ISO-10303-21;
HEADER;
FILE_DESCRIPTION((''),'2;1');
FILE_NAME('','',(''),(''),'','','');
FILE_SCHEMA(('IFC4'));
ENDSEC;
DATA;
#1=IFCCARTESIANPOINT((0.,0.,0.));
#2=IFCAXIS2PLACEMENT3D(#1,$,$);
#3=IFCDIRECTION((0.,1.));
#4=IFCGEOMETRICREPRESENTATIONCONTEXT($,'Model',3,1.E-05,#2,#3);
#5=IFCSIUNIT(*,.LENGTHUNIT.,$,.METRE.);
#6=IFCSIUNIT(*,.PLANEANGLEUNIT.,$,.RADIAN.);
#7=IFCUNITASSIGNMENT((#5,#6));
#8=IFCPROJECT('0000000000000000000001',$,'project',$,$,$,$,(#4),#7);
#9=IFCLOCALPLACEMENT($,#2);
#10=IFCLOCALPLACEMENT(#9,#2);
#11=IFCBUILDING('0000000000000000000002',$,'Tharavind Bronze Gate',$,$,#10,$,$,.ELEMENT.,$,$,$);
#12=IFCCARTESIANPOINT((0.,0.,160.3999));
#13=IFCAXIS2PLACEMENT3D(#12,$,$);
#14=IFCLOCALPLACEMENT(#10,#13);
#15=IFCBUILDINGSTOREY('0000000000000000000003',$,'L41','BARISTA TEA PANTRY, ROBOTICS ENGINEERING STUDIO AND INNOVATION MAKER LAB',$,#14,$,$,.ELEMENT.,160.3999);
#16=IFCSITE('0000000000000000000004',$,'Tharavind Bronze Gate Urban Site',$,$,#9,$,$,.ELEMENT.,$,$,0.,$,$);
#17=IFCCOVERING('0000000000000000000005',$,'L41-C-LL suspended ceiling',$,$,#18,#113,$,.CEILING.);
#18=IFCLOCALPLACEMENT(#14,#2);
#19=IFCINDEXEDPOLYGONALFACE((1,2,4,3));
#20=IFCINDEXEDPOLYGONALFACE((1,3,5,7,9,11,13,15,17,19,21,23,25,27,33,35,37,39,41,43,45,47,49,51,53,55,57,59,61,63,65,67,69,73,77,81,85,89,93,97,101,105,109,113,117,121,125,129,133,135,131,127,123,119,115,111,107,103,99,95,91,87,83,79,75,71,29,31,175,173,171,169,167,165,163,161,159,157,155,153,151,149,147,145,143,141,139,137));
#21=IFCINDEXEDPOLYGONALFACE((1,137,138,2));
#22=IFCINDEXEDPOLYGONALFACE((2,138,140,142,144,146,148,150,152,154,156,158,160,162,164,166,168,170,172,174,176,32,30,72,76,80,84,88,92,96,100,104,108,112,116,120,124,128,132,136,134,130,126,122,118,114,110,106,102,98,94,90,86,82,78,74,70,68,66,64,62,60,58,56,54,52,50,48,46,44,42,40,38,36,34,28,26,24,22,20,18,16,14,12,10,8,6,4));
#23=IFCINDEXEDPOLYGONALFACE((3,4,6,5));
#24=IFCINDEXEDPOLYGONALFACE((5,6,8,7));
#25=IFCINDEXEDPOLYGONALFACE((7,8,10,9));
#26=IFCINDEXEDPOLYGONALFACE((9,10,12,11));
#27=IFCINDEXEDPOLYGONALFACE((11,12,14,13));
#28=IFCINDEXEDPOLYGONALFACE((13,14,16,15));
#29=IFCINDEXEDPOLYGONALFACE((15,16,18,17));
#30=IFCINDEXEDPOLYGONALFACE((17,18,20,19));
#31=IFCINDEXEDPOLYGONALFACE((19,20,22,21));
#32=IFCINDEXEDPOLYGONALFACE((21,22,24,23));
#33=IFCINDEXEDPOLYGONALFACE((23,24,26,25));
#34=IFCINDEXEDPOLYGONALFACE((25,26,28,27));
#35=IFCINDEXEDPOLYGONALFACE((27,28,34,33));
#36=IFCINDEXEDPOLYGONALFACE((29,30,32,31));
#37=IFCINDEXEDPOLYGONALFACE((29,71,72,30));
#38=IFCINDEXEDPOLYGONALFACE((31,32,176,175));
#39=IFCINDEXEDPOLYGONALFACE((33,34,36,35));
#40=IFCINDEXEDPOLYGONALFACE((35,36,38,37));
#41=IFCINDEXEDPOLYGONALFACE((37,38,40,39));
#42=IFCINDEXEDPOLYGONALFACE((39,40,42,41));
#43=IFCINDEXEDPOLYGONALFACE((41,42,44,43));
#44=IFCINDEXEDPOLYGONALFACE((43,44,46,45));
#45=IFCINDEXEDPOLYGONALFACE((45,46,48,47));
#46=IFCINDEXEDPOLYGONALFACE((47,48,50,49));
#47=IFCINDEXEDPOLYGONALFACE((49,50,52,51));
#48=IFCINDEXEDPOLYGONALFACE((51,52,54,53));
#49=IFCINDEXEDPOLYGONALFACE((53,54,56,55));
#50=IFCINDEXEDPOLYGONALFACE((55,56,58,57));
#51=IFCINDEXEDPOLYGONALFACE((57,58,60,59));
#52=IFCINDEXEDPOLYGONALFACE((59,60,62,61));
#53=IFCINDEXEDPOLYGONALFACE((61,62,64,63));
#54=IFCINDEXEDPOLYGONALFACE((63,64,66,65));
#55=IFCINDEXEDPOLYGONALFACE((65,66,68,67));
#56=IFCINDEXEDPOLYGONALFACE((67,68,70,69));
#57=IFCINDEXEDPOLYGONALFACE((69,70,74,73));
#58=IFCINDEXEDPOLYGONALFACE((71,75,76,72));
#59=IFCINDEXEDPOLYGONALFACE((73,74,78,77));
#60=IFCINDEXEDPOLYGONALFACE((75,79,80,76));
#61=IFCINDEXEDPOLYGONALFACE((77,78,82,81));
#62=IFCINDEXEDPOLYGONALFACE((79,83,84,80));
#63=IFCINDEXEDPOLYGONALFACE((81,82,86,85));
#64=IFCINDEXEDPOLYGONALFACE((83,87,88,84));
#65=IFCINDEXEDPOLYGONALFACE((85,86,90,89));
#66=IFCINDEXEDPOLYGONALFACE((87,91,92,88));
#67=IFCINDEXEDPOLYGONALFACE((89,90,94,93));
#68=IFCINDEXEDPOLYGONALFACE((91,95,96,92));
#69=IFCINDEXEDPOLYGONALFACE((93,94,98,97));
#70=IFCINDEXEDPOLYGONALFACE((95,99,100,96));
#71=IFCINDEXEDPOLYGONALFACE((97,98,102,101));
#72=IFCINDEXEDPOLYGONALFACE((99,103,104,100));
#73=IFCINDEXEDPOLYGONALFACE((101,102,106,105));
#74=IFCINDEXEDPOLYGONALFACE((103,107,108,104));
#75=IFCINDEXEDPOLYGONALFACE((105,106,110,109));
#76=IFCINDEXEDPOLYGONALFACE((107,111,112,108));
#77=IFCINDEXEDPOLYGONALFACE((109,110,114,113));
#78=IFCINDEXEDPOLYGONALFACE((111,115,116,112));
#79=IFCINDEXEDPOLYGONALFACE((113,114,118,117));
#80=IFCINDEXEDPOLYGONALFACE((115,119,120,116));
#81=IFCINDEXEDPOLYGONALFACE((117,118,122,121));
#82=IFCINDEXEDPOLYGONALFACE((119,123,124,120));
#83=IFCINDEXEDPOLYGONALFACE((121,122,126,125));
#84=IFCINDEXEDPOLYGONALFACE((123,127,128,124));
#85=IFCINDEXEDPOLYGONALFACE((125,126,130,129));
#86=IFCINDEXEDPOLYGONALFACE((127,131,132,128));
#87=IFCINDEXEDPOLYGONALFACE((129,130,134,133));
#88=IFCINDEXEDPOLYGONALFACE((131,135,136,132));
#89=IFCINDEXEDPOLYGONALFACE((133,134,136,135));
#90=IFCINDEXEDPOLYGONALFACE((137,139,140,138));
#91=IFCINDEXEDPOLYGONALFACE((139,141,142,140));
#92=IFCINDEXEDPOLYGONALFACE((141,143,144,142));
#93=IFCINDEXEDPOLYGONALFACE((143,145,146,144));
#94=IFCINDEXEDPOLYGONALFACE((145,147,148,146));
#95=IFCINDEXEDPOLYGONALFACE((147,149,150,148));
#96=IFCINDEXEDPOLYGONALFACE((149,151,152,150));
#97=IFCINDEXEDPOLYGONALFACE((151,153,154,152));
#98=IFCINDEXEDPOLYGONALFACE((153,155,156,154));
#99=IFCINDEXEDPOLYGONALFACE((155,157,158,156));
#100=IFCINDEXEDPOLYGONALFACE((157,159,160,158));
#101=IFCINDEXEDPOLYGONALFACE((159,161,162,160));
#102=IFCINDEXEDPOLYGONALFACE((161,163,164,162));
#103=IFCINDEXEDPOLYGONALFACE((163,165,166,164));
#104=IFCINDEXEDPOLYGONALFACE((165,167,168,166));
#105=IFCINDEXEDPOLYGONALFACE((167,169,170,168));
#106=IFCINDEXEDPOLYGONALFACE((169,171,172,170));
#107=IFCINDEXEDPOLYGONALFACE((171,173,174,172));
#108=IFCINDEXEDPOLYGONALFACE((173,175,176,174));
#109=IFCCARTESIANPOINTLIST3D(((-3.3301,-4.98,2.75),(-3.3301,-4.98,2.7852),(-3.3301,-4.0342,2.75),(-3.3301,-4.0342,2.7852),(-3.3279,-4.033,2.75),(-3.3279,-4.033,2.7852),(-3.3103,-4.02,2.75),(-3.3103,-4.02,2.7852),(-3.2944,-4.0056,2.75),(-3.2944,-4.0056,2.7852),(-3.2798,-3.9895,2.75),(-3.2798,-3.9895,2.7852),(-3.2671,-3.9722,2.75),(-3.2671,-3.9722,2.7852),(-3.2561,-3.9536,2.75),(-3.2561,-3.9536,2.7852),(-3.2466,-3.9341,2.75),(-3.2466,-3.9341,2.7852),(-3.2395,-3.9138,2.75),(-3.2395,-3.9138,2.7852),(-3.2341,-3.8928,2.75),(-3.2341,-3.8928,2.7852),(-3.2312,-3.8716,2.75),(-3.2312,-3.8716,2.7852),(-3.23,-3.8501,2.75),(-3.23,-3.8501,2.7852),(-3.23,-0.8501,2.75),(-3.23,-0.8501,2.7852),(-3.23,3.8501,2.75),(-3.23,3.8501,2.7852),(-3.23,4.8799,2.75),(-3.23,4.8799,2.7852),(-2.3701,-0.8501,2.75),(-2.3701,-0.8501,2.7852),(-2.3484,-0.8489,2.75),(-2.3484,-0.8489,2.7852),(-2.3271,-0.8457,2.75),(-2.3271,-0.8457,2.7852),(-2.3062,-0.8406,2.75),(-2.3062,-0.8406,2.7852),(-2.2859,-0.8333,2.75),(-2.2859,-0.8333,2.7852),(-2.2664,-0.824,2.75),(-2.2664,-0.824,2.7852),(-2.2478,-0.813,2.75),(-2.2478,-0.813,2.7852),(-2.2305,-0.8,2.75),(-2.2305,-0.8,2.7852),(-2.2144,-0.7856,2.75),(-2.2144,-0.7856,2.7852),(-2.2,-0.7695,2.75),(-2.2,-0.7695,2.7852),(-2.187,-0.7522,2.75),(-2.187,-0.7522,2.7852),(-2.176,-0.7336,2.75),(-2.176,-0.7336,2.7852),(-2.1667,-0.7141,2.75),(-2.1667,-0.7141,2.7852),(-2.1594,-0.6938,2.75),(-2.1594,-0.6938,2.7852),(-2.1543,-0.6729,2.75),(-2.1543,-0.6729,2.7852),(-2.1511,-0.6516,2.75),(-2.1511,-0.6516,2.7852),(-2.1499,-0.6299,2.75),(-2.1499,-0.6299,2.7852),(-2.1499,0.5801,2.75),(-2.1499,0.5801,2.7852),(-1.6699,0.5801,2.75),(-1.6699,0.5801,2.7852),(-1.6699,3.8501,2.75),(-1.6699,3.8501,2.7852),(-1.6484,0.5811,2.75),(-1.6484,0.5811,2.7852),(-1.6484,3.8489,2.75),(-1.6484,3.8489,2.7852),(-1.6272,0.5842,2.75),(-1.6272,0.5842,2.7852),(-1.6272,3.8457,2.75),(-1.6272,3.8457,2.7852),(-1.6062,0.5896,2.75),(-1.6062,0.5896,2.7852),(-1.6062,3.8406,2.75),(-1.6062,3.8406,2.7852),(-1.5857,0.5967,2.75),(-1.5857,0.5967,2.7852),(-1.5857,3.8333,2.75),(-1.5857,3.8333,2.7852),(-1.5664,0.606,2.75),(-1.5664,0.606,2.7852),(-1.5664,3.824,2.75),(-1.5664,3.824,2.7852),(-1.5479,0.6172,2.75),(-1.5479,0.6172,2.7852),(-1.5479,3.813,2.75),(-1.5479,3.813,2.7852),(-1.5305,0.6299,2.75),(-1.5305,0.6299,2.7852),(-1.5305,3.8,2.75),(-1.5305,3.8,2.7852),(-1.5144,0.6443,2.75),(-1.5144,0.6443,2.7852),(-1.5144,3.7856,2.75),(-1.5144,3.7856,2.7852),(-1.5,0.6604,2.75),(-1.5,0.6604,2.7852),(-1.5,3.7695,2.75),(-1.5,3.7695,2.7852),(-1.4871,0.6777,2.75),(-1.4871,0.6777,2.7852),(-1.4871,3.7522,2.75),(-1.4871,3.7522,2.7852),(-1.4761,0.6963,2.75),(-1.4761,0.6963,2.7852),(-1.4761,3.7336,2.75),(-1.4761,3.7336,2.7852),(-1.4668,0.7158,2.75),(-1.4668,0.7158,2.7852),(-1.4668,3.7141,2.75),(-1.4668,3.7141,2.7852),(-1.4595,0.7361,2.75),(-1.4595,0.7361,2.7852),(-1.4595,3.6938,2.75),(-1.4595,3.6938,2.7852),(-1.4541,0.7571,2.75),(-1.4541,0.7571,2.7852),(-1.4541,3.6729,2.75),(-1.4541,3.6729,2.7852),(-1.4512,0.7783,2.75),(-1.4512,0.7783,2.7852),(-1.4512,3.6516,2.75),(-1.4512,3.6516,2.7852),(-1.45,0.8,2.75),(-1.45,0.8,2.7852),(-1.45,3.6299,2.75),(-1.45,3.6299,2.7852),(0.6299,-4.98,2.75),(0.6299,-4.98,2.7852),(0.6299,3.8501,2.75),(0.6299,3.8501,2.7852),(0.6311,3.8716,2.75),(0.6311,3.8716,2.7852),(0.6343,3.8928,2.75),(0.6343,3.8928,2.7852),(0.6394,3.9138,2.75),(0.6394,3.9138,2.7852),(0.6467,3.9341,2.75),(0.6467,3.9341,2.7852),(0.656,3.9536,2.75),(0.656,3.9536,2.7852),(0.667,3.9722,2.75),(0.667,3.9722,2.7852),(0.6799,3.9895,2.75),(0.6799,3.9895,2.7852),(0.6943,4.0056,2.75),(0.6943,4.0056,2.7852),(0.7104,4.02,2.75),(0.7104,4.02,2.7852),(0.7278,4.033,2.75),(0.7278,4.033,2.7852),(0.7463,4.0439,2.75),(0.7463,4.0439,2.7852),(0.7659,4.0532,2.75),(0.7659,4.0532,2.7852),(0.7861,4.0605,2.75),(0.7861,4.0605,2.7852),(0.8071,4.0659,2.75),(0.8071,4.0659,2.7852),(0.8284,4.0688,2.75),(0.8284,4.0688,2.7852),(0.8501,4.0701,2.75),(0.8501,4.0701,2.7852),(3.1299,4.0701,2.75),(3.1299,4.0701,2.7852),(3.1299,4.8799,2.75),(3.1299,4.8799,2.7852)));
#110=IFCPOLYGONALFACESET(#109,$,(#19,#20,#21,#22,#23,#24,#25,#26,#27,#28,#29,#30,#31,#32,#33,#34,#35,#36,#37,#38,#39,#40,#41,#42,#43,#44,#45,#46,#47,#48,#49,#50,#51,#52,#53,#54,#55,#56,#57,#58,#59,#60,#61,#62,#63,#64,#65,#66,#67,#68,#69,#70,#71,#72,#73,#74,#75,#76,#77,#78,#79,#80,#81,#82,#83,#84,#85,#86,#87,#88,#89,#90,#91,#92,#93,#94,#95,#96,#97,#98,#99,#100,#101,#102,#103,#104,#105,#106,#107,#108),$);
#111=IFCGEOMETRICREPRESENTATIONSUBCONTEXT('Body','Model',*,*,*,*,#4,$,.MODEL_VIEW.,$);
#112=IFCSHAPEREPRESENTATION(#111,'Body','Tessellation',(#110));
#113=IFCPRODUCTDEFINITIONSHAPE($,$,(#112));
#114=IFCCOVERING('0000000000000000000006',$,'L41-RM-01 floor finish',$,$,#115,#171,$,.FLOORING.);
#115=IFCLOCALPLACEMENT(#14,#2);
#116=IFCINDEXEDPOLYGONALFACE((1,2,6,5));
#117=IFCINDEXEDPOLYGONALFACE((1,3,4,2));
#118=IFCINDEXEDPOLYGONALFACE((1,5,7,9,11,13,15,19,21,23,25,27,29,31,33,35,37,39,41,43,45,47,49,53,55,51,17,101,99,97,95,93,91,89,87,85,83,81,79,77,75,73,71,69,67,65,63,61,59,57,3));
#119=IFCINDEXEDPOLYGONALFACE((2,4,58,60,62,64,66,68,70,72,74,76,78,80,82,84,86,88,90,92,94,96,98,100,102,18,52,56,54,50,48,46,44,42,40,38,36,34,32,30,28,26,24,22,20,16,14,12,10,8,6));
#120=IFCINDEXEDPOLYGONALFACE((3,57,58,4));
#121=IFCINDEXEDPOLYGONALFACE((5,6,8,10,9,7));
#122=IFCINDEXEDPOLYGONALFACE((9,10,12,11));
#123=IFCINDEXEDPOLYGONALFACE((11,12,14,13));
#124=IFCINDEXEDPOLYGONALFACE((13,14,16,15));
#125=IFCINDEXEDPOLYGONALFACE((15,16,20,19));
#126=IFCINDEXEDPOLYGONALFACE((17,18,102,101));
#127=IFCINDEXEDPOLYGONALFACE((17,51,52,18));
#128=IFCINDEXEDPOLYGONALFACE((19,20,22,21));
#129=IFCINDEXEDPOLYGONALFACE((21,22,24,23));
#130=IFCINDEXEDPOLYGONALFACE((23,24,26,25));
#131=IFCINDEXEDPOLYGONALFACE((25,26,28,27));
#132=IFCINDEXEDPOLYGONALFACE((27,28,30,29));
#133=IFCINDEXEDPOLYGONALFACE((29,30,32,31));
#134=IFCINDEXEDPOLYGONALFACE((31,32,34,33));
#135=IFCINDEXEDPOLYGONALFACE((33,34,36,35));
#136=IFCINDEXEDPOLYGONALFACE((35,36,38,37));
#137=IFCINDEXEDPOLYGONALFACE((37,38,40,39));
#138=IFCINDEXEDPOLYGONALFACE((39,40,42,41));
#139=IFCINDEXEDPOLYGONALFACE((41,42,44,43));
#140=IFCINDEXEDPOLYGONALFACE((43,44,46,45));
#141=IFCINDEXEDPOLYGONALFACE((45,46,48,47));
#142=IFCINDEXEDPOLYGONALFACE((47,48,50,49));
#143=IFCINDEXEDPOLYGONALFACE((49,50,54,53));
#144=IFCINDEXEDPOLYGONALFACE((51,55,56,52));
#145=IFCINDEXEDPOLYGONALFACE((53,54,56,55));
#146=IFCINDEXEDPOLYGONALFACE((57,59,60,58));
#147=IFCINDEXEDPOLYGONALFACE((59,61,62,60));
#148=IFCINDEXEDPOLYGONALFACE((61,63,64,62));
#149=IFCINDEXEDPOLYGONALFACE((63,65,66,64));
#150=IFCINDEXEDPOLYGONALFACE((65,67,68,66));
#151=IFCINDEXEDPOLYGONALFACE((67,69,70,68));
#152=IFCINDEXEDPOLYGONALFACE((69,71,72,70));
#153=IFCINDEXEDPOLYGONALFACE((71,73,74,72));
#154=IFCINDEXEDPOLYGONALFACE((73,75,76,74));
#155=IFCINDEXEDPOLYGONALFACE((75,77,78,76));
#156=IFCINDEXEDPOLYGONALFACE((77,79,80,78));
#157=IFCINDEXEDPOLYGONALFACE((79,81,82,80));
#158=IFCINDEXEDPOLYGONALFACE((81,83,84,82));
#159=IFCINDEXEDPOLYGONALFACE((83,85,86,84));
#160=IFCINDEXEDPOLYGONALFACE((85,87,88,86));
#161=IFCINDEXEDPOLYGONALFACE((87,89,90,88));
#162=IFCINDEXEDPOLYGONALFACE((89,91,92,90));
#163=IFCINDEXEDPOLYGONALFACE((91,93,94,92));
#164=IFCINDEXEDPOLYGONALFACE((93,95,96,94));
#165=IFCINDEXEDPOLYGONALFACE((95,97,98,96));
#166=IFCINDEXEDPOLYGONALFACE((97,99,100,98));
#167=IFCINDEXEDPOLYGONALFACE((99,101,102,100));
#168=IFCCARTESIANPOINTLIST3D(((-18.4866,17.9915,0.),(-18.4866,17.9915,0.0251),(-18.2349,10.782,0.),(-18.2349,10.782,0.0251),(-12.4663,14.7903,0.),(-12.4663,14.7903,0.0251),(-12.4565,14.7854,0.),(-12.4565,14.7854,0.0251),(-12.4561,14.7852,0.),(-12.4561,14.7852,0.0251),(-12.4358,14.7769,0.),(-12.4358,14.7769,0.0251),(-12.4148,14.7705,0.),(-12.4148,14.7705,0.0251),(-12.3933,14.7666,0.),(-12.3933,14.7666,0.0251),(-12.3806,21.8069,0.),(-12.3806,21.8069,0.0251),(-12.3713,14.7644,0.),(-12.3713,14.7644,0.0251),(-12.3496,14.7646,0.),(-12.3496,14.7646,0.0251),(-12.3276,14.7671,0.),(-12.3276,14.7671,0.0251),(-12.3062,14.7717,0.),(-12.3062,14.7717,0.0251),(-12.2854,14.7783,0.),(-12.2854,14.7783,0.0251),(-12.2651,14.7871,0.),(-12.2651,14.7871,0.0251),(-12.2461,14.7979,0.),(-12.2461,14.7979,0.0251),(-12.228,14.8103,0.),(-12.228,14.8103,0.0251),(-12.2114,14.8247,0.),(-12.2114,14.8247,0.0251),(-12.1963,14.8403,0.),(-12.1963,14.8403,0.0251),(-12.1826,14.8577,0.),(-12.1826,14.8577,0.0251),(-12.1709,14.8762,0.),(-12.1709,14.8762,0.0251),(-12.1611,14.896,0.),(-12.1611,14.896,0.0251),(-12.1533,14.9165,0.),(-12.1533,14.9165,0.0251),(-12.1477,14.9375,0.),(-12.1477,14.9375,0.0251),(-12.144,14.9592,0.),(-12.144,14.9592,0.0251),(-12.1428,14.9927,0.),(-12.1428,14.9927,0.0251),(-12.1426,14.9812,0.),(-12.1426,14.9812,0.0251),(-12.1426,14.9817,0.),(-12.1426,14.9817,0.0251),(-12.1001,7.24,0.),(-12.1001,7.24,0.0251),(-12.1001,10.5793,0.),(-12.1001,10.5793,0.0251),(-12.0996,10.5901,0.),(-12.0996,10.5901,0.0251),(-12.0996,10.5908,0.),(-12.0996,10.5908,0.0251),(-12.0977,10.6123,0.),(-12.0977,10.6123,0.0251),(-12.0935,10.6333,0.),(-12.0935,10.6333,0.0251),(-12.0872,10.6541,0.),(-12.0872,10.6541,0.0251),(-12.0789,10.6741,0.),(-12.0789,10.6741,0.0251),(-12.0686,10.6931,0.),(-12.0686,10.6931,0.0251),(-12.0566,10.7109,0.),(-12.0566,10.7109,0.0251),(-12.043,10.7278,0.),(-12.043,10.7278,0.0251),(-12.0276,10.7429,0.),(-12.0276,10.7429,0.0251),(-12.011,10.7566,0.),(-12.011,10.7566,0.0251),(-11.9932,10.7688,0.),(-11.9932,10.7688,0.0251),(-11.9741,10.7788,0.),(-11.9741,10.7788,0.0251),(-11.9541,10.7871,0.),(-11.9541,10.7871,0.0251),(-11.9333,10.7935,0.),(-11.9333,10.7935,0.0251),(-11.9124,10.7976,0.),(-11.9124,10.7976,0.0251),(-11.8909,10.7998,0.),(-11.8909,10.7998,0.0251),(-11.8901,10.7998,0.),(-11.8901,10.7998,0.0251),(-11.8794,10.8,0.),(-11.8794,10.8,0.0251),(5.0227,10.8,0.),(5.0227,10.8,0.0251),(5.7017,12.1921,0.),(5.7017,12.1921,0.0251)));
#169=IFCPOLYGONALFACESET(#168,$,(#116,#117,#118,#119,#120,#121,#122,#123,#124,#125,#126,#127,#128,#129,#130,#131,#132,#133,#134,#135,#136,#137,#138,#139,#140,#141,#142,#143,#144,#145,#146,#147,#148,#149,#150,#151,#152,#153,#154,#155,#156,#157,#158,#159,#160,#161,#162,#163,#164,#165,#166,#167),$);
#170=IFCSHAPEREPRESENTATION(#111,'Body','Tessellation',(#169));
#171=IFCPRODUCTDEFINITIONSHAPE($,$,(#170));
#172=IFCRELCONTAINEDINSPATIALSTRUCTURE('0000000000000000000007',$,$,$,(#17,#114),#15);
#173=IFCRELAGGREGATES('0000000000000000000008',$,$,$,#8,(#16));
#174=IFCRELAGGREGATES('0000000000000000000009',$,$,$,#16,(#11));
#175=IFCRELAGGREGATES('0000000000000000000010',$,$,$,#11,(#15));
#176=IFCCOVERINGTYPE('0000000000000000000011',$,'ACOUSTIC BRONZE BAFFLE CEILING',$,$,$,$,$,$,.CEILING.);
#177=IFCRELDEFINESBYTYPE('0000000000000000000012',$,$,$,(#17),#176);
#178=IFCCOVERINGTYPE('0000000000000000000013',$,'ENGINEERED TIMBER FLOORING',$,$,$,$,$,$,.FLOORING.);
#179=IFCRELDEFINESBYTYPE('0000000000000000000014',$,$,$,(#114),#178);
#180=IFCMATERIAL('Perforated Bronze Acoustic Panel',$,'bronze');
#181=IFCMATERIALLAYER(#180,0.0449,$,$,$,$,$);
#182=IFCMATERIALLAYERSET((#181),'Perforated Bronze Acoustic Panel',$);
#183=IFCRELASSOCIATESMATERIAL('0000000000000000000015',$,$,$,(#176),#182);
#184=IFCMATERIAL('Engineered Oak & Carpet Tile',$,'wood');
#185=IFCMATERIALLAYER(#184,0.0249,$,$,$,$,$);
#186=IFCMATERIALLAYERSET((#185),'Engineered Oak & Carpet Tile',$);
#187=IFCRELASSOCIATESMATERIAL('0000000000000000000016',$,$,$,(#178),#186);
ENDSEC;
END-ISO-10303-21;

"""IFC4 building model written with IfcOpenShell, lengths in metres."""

from ifc_helpers import new_model, si_unit, direction, frame, origin, place, context, subcontext, project, spatial, polyline, outline, extrude, material, layer, layer_set, type_object, element, save


model = new_model("IFC4")

# Units and contexts
model_context = context("Model", 3, precision=1e-05, world=origin(), true_north=direction((0.0, 1.0)))
body_context = subcontext(model_context, "Body", "Model", "MODEL_VIEW")
ifc_project = project(units=[si_unit("LENGTHUNIT", "METRE"), si_unit("PLANEANGLEUNIT", "RADIAN")], contexts=[model_context])

# Site, building, storey
site_placement = place(None, origin())
site = spatial("IfcSite", under=ifc_project, at=site_placement, Name="Tharavind Bronze Gate Urban Site", CompositionType="ELEMENT", RefElevation=0.0)
building_placement = place(site_placement, origin())
building = spatial("IfcBuilding", under=site, at=building_placement, Name="Tharavind Bronze Gate", CompositionType="ELEMENT")
storey_placement = place(building_placement, frame((0.0, 0.0, 160.3999)))
storey = spatial("IfcBuildingStorey", under=building, at=storey_placement, Name="L41", Description="BARISTA TEA PANTRY, ROBOTICS ENGINEERING STUDIO AND INNOVATION MAKER LAB", CompositionType="ELEMENT", Elevation=160.3999)

# Coverings
ifc_material_1 = material(Name="Perforated Bronze Acoustic Panel", Category="bronze")
ifc_layer_1 = layer(ifc_material_1, 0.0449)
ifc_layer_set_1 = layer_set([ifc_layer_1], Name="Perforated Bronze Acoustic Panel")
covering_type_1 = type_object("IfcCoveringType", Name="ACOUSTIC BRONZE BAFFLE CEILING", PredefinedType="CEILING", material=ifc_layer_set_1)
covering_1_placement = place(storey_placement, frame((0.0, 0.0, 2.75)))
element("IfcCovering", 1, at=covering_1_placement, inside=storey, type_object=covering_type_1, Name="L41-C-LL suspended ceiling", PredefinedType="CEILING", context=body_context, shape_type="SweptSolid", body=[
    extrude(outline(polyline([(-3.3301, -4.98), (0.6299, -4.98), (0.6299, 3.8501), (0.6311, 3.8716), (0.6343, 3.8928), (0.6394, 3.9138), (0.6467, 3.9341), (0.656, 3.9536), (0.667, 3.9722), (0.6799, 3.9895), (0.6943, 4.0056), (0.7104, 4.02), (0.7278, 4.033), (0.7463, 4.0439), (0.7659, 4.0532), (0.7861, 4.0605), (0.8071, 4.0659), (0.8284, 4.0688), (0.8501, 4.0701), (3.1299, 4.0701), (3.1299, 4.8799), (-3.23, 4.8799), (-3.23, 3.8501), (-1.6699, 3.8501), (-1.6484, 3.8489), (-1.6272, 3.8457), (-1.6062, 3.8406), (-1.5857, 3.8333), (-1.5664, 3.824), (-1.5479, 3.813), (-1.5305, 3.8), (-1.5144, 3.7856), (-1.5, 3.7695), (-1.4871, 3.7522), (-1.4761, 3.7336), (-1.4668, 3.7141), (-1.4595, 3.6938), (-1.4541, 3.6729), (-1.4512, 3.6516), (-1.45, 3.6299), (-1.45, 0.8), (-1.4512, 0.7783), (-1.4541, 0.7571), (-1.4595, 0.7361), (-1.4668, 0.7158), (-1.4761, 0.6963), (-1.4871, 0.6777), (-1.5, 0.6604), (-1.5144, 0.6443), (-1.5305, 0.6299), (-1.5479, 0.6172), (-1.5664, 0.606), (-1.5857, 0.5967), (-1.6062, 0.5896), (-1.6272, 0.5842), (-1.6484, 0.5811), (-1.6699, 0.5801), (-2.1499, 0.5801), (-2.1499, -0.6299), (-2.1511, -0.6516), (-2.1543, -0.6729), (-2.1594, -0.6938), (-2.1667, -0.7141), (-2.176, -0.7336), (-2.187, -0.7522), (-2.2, -0.7695), (-2.2144, -0.7856), (-2.2305, -0.8), (-2.2478, -0.813), (-2.2664, -0.824), (-2.2859, -0.8333), (-2.3062, -0.8406), (-2.3271, -0.8457), (-2.3484, -0.8489), (-2.3701, -0.8501), (-3.23, -0.8501), (-3.23, -3.8501), (-3.2312, -3.8716), (-3.2341, -3.8928), (-3.2395, -3.9138), (-3.2466, -3.9341), (-3.2561, -3.9536), (-3.2671, -3.9722), (-3.2798, -3.9895), (-3.2944, -4.0056), (-3.3103, -4.02), (-3.3279, -4.033), (-3.3301, -4.0342), (-3.3301, -4.98)])), origin(), (0.0, 0.0, 1.0), 0.0352),
])
ifc_material_2 = material(Name="Engineered Oak & Carpet Tile", Category="wood")
ifc_layer_2 = layer(ifc_material_2, 0.0249)
ifc_layer_set_2 = layer_set([ifc_layer_2], Name="Engineered Oak & Carpet Tile")
covering_type_2 = type_object("IfcCoveringType", Name="ENGINEERED TIMBER FLOORING", PredefinedType="FLOORING", material=ifc_layer_set_2)
covering_2_placement = place(storey_placement, origin())
element("IfcCovering", 2, at=covering_2_placement, inside=storey, type_object=covering_type_2, Name="L41-RM-01 floor finish", PredefinedType="FLOORING", context=body_context, shape_type="SweptSolid", body=[
    extrude(outline(polyline([(-18.2349, 10.782), (-12.1001, 7.24), (-12.1001, 10.5793), (-12.0996, 10.5901), (-12.0996, 10.5908), (-12.0977, 10.6123), (-12.0935, 10.6333), (-12.0872, 10.6541), (-12.0789, 10.6741), (-12.0686, 10.6931), (-12.0566, 10.7109), (-12.043, 10.7278), (-12.0276, 10.7429), (-12.011, 10.7566), (-11.9932, 10.7688), (-11.9741, 10.7788), (-11.9541, 10.7871), (-11.9333, 10.7935), (-11.9124, 10.7976), (-11.8909, 10.7998), (-11.8901, 10.7998), (-11.8794, 10.8), (5.0227, 10.8), (5.7017, 12.1921), (-12.3806, 21.8069), (-12.1428, 14.9927), (-12.1426, 14.9817), (-12.1426, 14.9812), (-12.144, 14.9592), (-12.1477, 14.9375), (-12.1533, 14.9165), (-12.1611, 14.896), (-12.1709, 14.8762), (-12.1826, 14.8577), (-12.1963, 14.8403), (-12.2114, 14.8247), (-12.228, 14.8103), (-12.2461, 14.7979), (-12.2651, 14.7871), (-12.2854, 14.7783), (-12.3062, 14.7717), (-12.3276, 14.7671), (-12.3496, 14.7646), (-12.3713, 14.7644), (-12.3933, 14.7666), (-12.4148, 14.7705), (-12.4358, 14.7769), (-12.4561, 14.7852), (-12.4565, 14.7854), (-12.4663, 14.7903), (-18.4866, 17.9915), (-18.2349, 10.782)])), origin(), (0.0, 0.0, 1.0), 0.0251),
])

save(model, "model.ifc")
